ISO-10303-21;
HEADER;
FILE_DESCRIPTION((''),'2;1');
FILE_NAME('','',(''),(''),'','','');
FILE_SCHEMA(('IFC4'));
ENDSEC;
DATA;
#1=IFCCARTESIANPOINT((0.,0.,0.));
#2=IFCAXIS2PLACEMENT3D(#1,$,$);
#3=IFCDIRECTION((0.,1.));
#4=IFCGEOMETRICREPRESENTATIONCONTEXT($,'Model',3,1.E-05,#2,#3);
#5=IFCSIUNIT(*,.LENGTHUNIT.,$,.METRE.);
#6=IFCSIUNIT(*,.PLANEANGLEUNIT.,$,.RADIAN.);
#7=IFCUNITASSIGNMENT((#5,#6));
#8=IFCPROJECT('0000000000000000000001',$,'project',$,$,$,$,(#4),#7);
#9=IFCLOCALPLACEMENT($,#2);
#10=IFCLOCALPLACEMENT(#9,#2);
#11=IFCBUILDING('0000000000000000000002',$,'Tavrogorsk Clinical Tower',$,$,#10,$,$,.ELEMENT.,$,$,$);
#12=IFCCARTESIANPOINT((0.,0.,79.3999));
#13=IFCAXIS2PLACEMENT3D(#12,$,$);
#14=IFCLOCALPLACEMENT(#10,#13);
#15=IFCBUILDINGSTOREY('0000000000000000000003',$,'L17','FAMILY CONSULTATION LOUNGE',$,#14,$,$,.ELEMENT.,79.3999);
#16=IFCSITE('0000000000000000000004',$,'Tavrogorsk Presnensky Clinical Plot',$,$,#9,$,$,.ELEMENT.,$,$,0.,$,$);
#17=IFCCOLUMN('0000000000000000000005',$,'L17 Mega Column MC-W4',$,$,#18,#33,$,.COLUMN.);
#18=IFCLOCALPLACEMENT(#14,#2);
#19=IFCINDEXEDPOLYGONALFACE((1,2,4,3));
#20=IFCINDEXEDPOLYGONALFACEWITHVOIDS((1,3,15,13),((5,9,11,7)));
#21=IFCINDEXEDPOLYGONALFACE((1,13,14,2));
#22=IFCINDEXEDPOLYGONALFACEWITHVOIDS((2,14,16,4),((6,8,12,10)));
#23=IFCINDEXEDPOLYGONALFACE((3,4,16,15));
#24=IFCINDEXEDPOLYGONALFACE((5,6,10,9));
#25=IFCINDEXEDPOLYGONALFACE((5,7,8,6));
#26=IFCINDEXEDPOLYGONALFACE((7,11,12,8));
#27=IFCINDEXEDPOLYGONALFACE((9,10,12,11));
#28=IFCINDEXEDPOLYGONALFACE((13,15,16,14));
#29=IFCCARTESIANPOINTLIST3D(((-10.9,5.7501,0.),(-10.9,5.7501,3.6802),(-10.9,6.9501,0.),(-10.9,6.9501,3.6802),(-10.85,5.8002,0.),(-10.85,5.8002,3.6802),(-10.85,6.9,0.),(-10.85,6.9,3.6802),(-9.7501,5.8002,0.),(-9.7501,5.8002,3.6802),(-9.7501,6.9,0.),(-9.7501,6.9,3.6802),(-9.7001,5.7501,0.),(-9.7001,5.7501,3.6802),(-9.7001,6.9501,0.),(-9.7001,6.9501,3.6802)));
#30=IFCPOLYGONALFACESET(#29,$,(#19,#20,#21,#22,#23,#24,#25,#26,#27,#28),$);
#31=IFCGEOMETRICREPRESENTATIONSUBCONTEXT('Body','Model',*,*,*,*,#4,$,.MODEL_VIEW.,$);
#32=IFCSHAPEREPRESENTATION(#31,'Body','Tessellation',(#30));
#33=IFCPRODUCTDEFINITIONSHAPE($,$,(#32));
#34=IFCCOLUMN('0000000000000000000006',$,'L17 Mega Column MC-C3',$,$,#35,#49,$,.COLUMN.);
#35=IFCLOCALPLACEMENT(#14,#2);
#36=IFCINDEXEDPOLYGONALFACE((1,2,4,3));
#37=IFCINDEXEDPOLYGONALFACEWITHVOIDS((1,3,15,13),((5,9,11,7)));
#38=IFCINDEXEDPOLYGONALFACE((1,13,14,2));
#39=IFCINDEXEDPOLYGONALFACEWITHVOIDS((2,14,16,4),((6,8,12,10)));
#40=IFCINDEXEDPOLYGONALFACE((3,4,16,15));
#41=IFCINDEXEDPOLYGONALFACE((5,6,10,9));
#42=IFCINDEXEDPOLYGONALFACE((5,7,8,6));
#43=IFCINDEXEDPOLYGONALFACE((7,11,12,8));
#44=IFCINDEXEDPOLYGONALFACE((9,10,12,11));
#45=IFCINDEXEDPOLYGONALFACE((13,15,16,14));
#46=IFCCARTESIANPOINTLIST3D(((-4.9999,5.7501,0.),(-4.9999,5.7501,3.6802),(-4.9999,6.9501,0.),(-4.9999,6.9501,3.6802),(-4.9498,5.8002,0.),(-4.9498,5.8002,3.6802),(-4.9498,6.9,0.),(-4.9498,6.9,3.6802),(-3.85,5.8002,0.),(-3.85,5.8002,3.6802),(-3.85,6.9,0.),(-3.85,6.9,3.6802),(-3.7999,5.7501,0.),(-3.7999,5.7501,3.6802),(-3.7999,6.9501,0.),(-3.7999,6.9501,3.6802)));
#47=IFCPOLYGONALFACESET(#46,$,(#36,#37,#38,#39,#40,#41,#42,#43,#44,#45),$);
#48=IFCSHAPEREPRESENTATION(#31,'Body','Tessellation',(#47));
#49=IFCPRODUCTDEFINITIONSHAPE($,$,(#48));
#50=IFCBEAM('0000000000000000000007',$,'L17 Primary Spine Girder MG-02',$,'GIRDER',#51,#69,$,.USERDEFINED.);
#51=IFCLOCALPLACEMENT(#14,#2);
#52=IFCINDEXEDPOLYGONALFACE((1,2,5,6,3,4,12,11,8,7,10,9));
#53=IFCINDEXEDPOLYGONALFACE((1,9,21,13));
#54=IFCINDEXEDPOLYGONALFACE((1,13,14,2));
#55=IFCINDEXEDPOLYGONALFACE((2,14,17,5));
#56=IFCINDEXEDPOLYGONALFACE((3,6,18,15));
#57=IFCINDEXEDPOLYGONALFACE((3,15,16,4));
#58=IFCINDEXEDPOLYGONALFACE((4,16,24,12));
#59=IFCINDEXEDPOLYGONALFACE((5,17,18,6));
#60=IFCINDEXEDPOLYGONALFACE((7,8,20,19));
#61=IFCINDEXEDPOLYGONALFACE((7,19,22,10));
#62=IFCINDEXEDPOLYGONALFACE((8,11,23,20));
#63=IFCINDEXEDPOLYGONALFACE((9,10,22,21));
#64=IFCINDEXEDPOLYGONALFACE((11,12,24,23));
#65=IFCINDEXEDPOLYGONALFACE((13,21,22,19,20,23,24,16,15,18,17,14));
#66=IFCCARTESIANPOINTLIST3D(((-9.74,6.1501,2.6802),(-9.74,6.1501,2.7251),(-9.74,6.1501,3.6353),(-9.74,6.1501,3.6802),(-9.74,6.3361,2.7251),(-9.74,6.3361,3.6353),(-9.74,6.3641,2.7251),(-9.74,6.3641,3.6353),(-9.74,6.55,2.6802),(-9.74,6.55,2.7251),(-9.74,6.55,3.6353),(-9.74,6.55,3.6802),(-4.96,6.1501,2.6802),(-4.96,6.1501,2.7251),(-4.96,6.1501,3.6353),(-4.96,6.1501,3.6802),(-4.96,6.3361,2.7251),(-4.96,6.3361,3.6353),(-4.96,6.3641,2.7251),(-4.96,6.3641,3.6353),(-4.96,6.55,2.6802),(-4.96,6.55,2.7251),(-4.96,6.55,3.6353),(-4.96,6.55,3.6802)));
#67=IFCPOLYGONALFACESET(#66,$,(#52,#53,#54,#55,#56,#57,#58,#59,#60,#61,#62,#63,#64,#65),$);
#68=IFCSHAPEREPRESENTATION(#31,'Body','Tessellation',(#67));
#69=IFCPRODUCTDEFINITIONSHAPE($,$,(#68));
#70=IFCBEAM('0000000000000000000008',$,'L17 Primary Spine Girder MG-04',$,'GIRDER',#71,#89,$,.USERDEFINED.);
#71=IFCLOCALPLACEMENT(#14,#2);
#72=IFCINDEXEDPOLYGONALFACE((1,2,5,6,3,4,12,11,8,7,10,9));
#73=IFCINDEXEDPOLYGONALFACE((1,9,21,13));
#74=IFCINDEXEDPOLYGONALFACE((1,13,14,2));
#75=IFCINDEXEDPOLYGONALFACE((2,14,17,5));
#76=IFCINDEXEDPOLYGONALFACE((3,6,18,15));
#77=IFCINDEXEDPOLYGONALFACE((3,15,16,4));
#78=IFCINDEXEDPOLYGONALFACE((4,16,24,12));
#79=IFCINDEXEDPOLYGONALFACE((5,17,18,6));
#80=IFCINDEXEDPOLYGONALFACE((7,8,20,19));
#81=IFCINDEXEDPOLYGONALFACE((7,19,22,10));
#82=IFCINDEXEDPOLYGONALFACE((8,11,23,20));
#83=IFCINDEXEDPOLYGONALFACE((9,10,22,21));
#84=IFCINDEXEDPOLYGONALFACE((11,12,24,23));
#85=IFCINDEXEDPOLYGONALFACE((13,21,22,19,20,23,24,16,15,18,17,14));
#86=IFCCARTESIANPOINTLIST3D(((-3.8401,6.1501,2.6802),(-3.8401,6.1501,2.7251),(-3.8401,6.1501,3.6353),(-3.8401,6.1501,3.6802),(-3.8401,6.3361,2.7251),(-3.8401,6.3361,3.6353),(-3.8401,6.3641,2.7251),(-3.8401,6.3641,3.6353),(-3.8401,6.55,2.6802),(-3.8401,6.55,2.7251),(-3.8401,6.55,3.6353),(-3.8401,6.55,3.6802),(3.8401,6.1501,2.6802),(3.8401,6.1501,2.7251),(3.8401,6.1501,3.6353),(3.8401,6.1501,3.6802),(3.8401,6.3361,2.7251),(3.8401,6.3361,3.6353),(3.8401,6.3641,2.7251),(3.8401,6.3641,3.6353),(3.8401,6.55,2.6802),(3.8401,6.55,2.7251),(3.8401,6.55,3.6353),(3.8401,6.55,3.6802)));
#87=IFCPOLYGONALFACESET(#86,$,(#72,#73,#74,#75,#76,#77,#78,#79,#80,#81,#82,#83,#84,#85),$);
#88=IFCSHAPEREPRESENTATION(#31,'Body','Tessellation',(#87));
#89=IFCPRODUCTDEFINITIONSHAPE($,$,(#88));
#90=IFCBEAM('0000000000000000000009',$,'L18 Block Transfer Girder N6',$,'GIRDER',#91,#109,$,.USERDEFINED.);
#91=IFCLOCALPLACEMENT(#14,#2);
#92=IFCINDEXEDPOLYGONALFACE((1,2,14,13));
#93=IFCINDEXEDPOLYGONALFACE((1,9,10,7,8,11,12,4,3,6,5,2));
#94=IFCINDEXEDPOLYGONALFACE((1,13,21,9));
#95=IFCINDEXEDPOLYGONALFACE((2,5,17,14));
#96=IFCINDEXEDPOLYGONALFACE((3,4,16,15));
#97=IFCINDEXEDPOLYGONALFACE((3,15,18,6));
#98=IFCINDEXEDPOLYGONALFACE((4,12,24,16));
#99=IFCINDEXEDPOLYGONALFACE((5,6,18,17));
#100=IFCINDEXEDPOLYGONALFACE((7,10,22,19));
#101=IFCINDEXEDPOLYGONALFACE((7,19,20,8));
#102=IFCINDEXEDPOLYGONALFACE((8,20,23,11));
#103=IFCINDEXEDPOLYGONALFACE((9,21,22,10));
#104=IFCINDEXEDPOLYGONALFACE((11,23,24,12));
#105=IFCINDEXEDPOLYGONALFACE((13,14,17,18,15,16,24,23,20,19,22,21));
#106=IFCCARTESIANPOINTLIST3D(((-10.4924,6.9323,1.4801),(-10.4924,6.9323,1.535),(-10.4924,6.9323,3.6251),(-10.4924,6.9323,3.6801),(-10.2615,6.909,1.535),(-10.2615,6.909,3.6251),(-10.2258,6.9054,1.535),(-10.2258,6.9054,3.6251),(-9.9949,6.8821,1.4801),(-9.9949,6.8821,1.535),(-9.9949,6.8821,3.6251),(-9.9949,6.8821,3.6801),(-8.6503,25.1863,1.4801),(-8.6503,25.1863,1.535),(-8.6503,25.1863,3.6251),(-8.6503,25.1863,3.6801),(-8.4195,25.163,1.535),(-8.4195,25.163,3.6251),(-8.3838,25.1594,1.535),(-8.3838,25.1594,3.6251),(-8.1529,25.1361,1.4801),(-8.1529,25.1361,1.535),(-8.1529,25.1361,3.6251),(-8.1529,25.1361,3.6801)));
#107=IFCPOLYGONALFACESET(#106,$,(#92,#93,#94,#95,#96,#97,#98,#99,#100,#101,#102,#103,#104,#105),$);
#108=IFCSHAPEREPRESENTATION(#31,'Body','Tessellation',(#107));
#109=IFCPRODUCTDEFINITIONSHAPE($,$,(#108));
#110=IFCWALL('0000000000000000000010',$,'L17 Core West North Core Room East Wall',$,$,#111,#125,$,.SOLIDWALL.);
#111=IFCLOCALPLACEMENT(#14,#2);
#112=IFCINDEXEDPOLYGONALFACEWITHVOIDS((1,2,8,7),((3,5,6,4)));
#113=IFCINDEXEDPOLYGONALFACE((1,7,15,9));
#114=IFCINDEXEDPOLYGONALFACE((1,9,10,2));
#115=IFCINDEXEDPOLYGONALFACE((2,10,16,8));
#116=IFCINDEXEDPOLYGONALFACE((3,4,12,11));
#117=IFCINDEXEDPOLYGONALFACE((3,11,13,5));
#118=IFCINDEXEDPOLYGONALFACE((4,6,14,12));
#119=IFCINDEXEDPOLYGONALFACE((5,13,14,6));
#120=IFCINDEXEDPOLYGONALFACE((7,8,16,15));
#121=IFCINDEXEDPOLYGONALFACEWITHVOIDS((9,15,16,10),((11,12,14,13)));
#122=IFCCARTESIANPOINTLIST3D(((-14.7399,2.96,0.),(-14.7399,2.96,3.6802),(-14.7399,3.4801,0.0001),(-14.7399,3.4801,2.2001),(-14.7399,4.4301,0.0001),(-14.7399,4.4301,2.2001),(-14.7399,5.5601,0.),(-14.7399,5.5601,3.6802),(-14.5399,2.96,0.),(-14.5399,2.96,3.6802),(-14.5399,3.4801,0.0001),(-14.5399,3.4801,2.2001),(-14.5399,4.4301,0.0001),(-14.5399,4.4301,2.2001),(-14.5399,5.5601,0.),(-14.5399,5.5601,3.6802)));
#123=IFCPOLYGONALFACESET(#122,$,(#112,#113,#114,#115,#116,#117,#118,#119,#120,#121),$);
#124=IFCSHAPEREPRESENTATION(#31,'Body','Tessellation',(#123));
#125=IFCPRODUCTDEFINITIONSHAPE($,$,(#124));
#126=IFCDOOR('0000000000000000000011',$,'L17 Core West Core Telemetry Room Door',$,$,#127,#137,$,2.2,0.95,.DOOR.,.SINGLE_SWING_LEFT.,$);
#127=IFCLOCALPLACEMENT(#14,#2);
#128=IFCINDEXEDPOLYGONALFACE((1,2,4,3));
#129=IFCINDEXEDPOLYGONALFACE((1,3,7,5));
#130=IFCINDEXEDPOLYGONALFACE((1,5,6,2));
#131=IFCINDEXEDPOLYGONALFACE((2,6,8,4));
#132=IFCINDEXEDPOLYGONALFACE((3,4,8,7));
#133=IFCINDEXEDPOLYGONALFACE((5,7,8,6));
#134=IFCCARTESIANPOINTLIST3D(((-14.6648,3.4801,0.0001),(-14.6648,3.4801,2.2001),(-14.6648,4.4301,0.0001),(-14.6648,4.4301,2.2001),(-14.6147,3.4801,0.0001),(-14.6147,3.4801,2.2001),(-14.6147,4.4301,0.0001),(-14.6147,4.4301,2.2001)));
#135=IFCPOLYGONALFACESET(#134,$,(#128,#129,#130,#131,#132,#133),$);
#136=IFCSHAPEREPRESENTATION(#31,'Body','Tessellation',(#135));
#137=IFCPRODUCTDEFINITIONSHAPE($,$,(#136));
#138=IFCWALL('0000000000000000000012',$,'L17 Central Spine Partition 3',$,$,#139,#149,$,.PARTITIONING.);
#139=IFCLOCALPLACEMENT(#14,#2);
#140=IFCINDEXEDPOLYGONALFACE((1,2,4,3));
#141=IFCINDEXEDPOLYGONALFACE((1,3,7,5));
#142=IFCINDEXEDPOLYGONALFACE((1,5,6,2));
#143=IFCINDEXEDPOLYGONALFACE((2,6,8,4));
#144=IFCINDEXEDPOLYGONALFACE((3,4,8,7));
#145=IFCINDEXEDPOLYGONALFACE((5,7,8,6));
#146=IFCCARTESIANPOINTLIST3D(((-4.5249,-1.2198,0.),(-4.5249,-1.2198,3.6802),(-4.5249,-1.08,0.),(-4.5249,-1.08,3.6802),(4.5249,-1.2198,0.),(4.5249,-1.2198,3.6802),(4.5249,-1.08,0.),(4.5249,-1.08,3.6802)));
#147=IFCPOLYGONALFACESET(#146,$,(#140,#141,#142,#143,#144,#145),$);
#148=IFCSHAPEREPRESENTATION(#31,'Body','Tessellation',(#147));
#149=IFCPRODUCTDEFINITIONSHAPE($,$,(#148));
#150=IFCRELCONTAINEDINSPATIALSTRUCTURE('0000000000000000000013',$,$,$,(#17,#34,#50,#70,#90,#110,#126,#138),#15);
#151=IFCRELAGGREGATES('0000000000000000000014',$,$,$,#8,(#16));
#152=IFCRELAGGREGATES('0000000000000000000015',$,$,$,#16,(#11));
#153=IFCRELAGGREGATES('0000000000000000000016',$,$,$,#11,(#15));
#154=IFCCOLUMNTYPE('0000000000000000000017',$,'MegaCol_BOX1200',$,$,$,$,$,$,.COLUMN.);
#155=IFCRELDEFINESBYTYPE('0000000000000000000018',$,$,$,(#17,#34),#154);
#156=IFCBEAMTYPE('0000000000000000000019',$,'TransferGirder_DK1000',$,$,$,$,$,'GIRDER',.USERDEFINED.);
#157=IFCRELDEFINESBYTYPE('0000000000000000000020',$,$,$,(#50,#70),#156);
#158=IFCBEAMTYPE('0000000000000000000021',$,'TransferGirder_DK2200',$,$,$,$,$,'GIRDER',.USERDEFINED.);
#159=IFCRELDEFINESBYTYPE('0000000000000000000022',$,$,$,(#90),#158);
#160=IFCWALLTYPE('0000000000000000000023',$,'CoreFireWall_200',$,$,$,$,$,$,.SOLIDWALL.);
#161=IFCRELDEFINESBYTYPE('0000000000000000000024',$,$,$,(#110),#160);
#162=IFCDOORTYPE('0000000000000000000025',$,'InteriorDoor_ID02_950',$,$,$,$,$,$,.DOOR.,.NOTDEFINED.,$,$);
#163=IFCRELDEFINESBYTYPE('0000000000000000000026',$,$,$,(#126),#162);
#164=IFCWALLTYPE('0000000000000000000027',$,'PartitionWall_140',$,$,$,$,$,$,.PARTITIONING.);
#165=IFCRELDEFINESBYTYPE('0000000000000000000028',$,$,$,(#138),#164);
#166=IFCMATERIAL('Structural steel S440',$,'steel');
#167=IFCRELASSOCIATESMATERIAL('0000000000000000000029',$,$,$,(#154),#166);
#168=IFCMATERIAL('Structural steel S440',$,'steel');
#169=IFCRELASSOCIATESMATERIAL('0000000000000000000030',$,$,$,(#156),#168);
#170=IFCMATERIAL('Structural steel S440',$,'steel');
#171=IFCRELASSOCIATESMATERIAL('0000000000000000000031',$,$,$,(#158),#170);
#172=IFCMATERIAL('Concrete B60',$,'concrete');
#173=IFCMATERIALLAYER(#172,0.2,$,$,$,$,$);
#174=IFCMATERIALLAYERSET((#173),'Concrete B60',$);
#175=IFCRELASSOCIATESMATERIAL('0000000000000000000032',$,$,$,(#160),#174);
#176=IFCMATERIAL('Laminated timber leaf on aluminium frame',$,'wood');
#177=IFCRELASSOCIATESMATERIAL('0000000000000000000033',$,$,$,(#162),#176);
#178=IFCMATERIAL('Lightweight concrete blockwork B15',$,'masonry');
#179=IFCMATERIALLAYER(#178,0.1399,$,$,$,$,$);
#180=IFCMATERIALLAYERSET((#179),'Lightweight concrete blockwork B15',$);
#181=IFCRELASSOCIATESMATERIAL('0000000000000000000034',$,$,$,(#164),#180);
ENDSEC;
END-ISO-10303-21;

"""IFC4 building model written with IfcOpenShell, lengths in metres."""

from ifc_helpers import new_model, si_unit, direction, frame, frame_2d, origin, origin_2d, place, context, subcontext, project, spatial, rectangle, hollow_rectangle, i_section, extrude, material, layer, layer_set, material_profile, profile_set, type_object, element, fill, save


model = new_model("IFC4")

# Units and contexts
model_context = context("Model", 3, precision=1e-05, world=origin(), true_north=direction((0.0, 1.0)))
body_context = subcontext(model_context, "Body", "Model", "MODEL_VIEW")
ifc_project = project(units=[si_unit("LENGTHUNIT", "METRE"), si_unit("PLANEANGLEUNIT", "RADIAN")], contexts=[model_context])

# Site, building, storey
site_placement = place(None, origin())
site = spatial("IfcSite", under=ifc_project, at=site_placement, Name="Tavrogorsk Presnensky Clinical Plot", CompositionType="ELEMENT", RefElevation=0.0)
building_placement = place(site_placement, origin())
building = spatial("IfcBuilding", under=site, at=building_placement, Name="Tavrogorsk Clinical Tower", CompositionType="ELEMENT")
storey_placement = place(building_placement, frame((0.0, 0.0, 79.3999)))
storey = spatial("IfcBuildingStorey", under=building, at=storey_placement, Name="L17", Description="FAMILY CONSULTATION LOUNGE", CompositionType="ELEMENT", Elevation=79.3999)

# Columns
ifc_material_1 = material(Name="Structural steel S440", Category="steel")
ifc_material_profile_1 = material_profile(ifc_material_1, hollow_rectangle(XDim=1.2, YDim=1.2, WallThickness=0.05, at=origin_2d()), Name="BOX-1200x1200x50")
ifc_profile_set_1 = profile_set([ifc_material_profile_1], Name="Structural steel S440")
column_type = type_object("IfcColumnType", Name="MegaCol_BOX1200", PredefinedType="COLUMN", material=ifc_profile_set_1)
for number, where, z_axis, x_axis, name in (
    (1, (-10.3, 6.3501, 0.0), (0.0, 0.0, 1.0), (1.0, 0.0, 0.0), "L17 Mega Column MC-W4"),
    (2, (-4.3999, 6.3501, 0.0), (0.0, 0.0, 1.0), (1.0, 0.0, 0.0), "L17 Mega Column MC-C3"),
):
    element("IfcColumn", number, at=place(storey_placement, frame(where, z_axis=z_axis, x_axis=x_axis)), inside=storey, type_object=column_type, Name=name, PredefinedType="COLUMN", context=body_context, shape_type="SweptSolid", body=[
        extrude(hollow_rectangle(XDim=1.2, YDim=1.2, WallThickness=0.05, at=origin_2d()), origin(), (0.0, 0.0, 1.0), 3.6802),
    ])

# Beams
ifc_material_2 = material(Name="Structural steel S440", Category="steel")
ifc_material_profile_2 = material_profile(ifc_material_2, i_section(OverallWidth=0.3999, OverallDepth=1.0, WebThickness=0.0281, FlangeThickness=0.0449, at=origin_2d()), Name="DK-1000x400x28x45")
ifc_profile_set_2 = profile_set([ifc_material_profile_2], Name="Structural steel S440")
beam_type_1 = type_object("IfcBeamType", Name="TransferGirder_DK1000", ElementType="GIRDER", PredefinedType="USERDEFINED", material=ifc_profile_set_2)
beam_1_placement = place(storey_placement, frame((-9.74, 6.3501, 3.1802), z_axis=(1.0, 0.0, 0.0), x_axis=(0.0, 1.0, 0.0)))
element("IfcBeam", 3, at=beam_1_placement, inside=storey, type_object=beam_type_1, Name="L17 Primary Spine Girder MG-02", ObjectType="GIRDER", PredefinedType="USERDEFINED", context=body_context, shape_type="SweptSolid", body=[
    extrude(i_section(OverallWidth=0.3999, OverallDepth=1.0, WebThickness=0.0281, FlangeThickness=0.0449, at=origin_2d()), origin(), (0.0, 0.0, 1.0), 4.78),
])
beam_2_placement = place(storey_placement, frame((-3.8401, 6.3501, 3.1802), z_axis=(1.0, 0.0, 0.0), x_axis=(0.0, 1.0, 0.0)))
element("IfcBeam", 4, at=beam_2_placement, inside=storey, type_object=beam_type_1, Name="L17 Primary Spine Girder MG-04", ObjectType="GIRDER", PredefinedType="USERDEFINED", context=body_context, shape_type="SweptSolid", body=[
    extrude(i_section(OverallWidth=0.3999, OverallDepth=1.0, WebThickness=0.0281, FlangeThickness=0.0449, at=origin_2d()), origin(), (0.0, 0.0, 1.0), 7.6802),
])
ifc_material_3 = material(Name="Structural steel S440", Category="steel")
ifc_material_profile_3 = material_profile(ifc_material_3, i_section(OverallWidth=0.5, OverallDepth=2.2, WebThickness=0.0359, FlangeThickness=0.0549, at=origin_2d()), Name="DK-2200x500x36x55")
ifc_profile_set_3 = profile_set([ifc_material_profile_3], Name="Structural steel S440")
beam_type_2 = type_object("IfcBeamType", Name="TransferGirder_DK2200", ElementType="GIRDER", PredefinedType="USERDEFINED", material=ifc_profile_set_3)
beam_3_placement = place(storey_placement, frame((-10.2437, 6.9072, 2.5801), z_axis=(0.100402, 0.994947, 0.0), x_axis=(-0.994947, 0.100402, 0.0)))
element("IfcBeam", 5, at=beam_3_placement, inside=storey, type_object=beam_type_2, Name="L18 Block Transfer Girder N6", ObjectType="GIRDER", PredefinedType="USERDEFINED", context=body_context, shape_type="SweptSolid", body=[
    extrude(i_section(OverallWidth=0.5, OverallDepth=2.2, WebThickness=0.0359, FlangeThickness=0.0549, at=origin_2d()), origin(), (0.0, 0.0, 1.0), 18.3467),
])

# Wall, opening, door
ifc_material_4 = material(Name="Concrete B60", Category="concrete")
ifc_layer_1 = layer(ifc_material_4, 0.2)
ifc_layer_set_1 = layer_set([ifc_layer_1], Name="Concrete B60")
wall_type_1 = type_object("IfcWallType", Name="CoreFireWall_200", PredefinedType="SOLIDWALL", material=ifc_layer_set_1)
wall_1_placement = place(storey_placement, frame((-14.6399, 2.96, 0.0), z_axis=(0.0, 0.0, 1.0), x_axis=(0.0, 1.0, 0.0)))
wall_1 = element("IfcWall", 6, at=wall_1_placement, inside=storey, type_object=wall_type_1, Name="L17 Core West North Core Room East Wall", PredefinedType="SOLIDWALL", context=body_context, shape_type="SweptSolid", body=[
    extrude(rectangle(XDim=2.6001, YDim=0.2, at=frame_2d((1.3, 0.0))), origin(), (0.0, 0.0, 1.0), 3.6802),
])
opening_1_placement = place(wall_1_placement, frame((0.52, 0.0, 0.0)))
opening_1 = element("IfcOpeningElement", 7, at=opening_1_placement, cuts=wall_1, PredefinedType="OPENING", context=body_context, shape_type="SweptSolid", body=[
    extrude(rectangle(XDim=0.95, YDim=2.2, at=frame_2d((0.4751, 1.1001))), frame((0.0, 0.1099, 0.0), z_axis=(0.0, -1.0, 0.0), x_axis=(1.0, 0.0, 0.0)), (0.0, 0.0, 1.0), 0.22),
])
ifc_material_5 = material(Name="Laminated timber leaf on aluminium frame", Category="wood")
door_type_1 = type_object("IfcDoorType", Name="InteriorDoor_ID02_950", OperationType="NOTDEFINED", PredefinedType="DOOR", material=ifc_material_5)
door_1_placement = place(opening_1_placement, origin())
door_1 = element("IfcDoor", 8, at=door_1_placement, inside=storey, type_object=door_type_1, Name="L17 Core West Core Telemetry Room Door", OperationType="SINGLE_SWING_LEFT", OverallHeight=2.2, OverallWidth=0.95, PredefinedType="DOOR", context=body_context, shape_type="SweptSolid", body=[
    extrude(rectangle(XDim=0.95, YDim=2.2, at=frame_2d((0.4751, 1.1001))), frame((0.0, 0.0249, 0.0), z_axis=(0.0, -1.0, 0.0), x_axis=(1.0, 0.0, 0.0)), (0.0, 0.0, 1.0), 0.05),
])
fill(opening_1, door_1)

# Wall
ifc_material_6 = material(Name="Lightweight concrete blockwork B15", Category="masonry")
ifc_layer_2 = layer(ifc_material_6, 0.1399)
ifc_layer_set_2 = layer_set([ifc_layer_2], Name="Lightweight concrete blockwork B15")
wall_type_2 = type_object("IfcWallType", Name="PartitionWall_140", PredefinedType="PARTITIONING", material=ifc_layer_set_2)
wall_2_placement = place(storey_placement, frame((-4.5249, -1.1499, 0.0), z_axis=(0.0, 0.0, 1.0), x_axis=(1.0, 0.0, 0.0)))
element("IfcWall", 9, at=wall_2_placement, inside=storey, type_object=wall_type_2, Name="L17 Central Spine Partition 3", PredefinedType="PARTITIONING", context=body_context, shape_type="SweptSolid", body=[
    extrude(rectangle(XDim=9.0498, YDim=0.1399, at=frame_2d((4.5249, 0.0))), origin(), (0.0, 0.0, 1.0), 3.6802),
])

save(model, "model.ifc")
